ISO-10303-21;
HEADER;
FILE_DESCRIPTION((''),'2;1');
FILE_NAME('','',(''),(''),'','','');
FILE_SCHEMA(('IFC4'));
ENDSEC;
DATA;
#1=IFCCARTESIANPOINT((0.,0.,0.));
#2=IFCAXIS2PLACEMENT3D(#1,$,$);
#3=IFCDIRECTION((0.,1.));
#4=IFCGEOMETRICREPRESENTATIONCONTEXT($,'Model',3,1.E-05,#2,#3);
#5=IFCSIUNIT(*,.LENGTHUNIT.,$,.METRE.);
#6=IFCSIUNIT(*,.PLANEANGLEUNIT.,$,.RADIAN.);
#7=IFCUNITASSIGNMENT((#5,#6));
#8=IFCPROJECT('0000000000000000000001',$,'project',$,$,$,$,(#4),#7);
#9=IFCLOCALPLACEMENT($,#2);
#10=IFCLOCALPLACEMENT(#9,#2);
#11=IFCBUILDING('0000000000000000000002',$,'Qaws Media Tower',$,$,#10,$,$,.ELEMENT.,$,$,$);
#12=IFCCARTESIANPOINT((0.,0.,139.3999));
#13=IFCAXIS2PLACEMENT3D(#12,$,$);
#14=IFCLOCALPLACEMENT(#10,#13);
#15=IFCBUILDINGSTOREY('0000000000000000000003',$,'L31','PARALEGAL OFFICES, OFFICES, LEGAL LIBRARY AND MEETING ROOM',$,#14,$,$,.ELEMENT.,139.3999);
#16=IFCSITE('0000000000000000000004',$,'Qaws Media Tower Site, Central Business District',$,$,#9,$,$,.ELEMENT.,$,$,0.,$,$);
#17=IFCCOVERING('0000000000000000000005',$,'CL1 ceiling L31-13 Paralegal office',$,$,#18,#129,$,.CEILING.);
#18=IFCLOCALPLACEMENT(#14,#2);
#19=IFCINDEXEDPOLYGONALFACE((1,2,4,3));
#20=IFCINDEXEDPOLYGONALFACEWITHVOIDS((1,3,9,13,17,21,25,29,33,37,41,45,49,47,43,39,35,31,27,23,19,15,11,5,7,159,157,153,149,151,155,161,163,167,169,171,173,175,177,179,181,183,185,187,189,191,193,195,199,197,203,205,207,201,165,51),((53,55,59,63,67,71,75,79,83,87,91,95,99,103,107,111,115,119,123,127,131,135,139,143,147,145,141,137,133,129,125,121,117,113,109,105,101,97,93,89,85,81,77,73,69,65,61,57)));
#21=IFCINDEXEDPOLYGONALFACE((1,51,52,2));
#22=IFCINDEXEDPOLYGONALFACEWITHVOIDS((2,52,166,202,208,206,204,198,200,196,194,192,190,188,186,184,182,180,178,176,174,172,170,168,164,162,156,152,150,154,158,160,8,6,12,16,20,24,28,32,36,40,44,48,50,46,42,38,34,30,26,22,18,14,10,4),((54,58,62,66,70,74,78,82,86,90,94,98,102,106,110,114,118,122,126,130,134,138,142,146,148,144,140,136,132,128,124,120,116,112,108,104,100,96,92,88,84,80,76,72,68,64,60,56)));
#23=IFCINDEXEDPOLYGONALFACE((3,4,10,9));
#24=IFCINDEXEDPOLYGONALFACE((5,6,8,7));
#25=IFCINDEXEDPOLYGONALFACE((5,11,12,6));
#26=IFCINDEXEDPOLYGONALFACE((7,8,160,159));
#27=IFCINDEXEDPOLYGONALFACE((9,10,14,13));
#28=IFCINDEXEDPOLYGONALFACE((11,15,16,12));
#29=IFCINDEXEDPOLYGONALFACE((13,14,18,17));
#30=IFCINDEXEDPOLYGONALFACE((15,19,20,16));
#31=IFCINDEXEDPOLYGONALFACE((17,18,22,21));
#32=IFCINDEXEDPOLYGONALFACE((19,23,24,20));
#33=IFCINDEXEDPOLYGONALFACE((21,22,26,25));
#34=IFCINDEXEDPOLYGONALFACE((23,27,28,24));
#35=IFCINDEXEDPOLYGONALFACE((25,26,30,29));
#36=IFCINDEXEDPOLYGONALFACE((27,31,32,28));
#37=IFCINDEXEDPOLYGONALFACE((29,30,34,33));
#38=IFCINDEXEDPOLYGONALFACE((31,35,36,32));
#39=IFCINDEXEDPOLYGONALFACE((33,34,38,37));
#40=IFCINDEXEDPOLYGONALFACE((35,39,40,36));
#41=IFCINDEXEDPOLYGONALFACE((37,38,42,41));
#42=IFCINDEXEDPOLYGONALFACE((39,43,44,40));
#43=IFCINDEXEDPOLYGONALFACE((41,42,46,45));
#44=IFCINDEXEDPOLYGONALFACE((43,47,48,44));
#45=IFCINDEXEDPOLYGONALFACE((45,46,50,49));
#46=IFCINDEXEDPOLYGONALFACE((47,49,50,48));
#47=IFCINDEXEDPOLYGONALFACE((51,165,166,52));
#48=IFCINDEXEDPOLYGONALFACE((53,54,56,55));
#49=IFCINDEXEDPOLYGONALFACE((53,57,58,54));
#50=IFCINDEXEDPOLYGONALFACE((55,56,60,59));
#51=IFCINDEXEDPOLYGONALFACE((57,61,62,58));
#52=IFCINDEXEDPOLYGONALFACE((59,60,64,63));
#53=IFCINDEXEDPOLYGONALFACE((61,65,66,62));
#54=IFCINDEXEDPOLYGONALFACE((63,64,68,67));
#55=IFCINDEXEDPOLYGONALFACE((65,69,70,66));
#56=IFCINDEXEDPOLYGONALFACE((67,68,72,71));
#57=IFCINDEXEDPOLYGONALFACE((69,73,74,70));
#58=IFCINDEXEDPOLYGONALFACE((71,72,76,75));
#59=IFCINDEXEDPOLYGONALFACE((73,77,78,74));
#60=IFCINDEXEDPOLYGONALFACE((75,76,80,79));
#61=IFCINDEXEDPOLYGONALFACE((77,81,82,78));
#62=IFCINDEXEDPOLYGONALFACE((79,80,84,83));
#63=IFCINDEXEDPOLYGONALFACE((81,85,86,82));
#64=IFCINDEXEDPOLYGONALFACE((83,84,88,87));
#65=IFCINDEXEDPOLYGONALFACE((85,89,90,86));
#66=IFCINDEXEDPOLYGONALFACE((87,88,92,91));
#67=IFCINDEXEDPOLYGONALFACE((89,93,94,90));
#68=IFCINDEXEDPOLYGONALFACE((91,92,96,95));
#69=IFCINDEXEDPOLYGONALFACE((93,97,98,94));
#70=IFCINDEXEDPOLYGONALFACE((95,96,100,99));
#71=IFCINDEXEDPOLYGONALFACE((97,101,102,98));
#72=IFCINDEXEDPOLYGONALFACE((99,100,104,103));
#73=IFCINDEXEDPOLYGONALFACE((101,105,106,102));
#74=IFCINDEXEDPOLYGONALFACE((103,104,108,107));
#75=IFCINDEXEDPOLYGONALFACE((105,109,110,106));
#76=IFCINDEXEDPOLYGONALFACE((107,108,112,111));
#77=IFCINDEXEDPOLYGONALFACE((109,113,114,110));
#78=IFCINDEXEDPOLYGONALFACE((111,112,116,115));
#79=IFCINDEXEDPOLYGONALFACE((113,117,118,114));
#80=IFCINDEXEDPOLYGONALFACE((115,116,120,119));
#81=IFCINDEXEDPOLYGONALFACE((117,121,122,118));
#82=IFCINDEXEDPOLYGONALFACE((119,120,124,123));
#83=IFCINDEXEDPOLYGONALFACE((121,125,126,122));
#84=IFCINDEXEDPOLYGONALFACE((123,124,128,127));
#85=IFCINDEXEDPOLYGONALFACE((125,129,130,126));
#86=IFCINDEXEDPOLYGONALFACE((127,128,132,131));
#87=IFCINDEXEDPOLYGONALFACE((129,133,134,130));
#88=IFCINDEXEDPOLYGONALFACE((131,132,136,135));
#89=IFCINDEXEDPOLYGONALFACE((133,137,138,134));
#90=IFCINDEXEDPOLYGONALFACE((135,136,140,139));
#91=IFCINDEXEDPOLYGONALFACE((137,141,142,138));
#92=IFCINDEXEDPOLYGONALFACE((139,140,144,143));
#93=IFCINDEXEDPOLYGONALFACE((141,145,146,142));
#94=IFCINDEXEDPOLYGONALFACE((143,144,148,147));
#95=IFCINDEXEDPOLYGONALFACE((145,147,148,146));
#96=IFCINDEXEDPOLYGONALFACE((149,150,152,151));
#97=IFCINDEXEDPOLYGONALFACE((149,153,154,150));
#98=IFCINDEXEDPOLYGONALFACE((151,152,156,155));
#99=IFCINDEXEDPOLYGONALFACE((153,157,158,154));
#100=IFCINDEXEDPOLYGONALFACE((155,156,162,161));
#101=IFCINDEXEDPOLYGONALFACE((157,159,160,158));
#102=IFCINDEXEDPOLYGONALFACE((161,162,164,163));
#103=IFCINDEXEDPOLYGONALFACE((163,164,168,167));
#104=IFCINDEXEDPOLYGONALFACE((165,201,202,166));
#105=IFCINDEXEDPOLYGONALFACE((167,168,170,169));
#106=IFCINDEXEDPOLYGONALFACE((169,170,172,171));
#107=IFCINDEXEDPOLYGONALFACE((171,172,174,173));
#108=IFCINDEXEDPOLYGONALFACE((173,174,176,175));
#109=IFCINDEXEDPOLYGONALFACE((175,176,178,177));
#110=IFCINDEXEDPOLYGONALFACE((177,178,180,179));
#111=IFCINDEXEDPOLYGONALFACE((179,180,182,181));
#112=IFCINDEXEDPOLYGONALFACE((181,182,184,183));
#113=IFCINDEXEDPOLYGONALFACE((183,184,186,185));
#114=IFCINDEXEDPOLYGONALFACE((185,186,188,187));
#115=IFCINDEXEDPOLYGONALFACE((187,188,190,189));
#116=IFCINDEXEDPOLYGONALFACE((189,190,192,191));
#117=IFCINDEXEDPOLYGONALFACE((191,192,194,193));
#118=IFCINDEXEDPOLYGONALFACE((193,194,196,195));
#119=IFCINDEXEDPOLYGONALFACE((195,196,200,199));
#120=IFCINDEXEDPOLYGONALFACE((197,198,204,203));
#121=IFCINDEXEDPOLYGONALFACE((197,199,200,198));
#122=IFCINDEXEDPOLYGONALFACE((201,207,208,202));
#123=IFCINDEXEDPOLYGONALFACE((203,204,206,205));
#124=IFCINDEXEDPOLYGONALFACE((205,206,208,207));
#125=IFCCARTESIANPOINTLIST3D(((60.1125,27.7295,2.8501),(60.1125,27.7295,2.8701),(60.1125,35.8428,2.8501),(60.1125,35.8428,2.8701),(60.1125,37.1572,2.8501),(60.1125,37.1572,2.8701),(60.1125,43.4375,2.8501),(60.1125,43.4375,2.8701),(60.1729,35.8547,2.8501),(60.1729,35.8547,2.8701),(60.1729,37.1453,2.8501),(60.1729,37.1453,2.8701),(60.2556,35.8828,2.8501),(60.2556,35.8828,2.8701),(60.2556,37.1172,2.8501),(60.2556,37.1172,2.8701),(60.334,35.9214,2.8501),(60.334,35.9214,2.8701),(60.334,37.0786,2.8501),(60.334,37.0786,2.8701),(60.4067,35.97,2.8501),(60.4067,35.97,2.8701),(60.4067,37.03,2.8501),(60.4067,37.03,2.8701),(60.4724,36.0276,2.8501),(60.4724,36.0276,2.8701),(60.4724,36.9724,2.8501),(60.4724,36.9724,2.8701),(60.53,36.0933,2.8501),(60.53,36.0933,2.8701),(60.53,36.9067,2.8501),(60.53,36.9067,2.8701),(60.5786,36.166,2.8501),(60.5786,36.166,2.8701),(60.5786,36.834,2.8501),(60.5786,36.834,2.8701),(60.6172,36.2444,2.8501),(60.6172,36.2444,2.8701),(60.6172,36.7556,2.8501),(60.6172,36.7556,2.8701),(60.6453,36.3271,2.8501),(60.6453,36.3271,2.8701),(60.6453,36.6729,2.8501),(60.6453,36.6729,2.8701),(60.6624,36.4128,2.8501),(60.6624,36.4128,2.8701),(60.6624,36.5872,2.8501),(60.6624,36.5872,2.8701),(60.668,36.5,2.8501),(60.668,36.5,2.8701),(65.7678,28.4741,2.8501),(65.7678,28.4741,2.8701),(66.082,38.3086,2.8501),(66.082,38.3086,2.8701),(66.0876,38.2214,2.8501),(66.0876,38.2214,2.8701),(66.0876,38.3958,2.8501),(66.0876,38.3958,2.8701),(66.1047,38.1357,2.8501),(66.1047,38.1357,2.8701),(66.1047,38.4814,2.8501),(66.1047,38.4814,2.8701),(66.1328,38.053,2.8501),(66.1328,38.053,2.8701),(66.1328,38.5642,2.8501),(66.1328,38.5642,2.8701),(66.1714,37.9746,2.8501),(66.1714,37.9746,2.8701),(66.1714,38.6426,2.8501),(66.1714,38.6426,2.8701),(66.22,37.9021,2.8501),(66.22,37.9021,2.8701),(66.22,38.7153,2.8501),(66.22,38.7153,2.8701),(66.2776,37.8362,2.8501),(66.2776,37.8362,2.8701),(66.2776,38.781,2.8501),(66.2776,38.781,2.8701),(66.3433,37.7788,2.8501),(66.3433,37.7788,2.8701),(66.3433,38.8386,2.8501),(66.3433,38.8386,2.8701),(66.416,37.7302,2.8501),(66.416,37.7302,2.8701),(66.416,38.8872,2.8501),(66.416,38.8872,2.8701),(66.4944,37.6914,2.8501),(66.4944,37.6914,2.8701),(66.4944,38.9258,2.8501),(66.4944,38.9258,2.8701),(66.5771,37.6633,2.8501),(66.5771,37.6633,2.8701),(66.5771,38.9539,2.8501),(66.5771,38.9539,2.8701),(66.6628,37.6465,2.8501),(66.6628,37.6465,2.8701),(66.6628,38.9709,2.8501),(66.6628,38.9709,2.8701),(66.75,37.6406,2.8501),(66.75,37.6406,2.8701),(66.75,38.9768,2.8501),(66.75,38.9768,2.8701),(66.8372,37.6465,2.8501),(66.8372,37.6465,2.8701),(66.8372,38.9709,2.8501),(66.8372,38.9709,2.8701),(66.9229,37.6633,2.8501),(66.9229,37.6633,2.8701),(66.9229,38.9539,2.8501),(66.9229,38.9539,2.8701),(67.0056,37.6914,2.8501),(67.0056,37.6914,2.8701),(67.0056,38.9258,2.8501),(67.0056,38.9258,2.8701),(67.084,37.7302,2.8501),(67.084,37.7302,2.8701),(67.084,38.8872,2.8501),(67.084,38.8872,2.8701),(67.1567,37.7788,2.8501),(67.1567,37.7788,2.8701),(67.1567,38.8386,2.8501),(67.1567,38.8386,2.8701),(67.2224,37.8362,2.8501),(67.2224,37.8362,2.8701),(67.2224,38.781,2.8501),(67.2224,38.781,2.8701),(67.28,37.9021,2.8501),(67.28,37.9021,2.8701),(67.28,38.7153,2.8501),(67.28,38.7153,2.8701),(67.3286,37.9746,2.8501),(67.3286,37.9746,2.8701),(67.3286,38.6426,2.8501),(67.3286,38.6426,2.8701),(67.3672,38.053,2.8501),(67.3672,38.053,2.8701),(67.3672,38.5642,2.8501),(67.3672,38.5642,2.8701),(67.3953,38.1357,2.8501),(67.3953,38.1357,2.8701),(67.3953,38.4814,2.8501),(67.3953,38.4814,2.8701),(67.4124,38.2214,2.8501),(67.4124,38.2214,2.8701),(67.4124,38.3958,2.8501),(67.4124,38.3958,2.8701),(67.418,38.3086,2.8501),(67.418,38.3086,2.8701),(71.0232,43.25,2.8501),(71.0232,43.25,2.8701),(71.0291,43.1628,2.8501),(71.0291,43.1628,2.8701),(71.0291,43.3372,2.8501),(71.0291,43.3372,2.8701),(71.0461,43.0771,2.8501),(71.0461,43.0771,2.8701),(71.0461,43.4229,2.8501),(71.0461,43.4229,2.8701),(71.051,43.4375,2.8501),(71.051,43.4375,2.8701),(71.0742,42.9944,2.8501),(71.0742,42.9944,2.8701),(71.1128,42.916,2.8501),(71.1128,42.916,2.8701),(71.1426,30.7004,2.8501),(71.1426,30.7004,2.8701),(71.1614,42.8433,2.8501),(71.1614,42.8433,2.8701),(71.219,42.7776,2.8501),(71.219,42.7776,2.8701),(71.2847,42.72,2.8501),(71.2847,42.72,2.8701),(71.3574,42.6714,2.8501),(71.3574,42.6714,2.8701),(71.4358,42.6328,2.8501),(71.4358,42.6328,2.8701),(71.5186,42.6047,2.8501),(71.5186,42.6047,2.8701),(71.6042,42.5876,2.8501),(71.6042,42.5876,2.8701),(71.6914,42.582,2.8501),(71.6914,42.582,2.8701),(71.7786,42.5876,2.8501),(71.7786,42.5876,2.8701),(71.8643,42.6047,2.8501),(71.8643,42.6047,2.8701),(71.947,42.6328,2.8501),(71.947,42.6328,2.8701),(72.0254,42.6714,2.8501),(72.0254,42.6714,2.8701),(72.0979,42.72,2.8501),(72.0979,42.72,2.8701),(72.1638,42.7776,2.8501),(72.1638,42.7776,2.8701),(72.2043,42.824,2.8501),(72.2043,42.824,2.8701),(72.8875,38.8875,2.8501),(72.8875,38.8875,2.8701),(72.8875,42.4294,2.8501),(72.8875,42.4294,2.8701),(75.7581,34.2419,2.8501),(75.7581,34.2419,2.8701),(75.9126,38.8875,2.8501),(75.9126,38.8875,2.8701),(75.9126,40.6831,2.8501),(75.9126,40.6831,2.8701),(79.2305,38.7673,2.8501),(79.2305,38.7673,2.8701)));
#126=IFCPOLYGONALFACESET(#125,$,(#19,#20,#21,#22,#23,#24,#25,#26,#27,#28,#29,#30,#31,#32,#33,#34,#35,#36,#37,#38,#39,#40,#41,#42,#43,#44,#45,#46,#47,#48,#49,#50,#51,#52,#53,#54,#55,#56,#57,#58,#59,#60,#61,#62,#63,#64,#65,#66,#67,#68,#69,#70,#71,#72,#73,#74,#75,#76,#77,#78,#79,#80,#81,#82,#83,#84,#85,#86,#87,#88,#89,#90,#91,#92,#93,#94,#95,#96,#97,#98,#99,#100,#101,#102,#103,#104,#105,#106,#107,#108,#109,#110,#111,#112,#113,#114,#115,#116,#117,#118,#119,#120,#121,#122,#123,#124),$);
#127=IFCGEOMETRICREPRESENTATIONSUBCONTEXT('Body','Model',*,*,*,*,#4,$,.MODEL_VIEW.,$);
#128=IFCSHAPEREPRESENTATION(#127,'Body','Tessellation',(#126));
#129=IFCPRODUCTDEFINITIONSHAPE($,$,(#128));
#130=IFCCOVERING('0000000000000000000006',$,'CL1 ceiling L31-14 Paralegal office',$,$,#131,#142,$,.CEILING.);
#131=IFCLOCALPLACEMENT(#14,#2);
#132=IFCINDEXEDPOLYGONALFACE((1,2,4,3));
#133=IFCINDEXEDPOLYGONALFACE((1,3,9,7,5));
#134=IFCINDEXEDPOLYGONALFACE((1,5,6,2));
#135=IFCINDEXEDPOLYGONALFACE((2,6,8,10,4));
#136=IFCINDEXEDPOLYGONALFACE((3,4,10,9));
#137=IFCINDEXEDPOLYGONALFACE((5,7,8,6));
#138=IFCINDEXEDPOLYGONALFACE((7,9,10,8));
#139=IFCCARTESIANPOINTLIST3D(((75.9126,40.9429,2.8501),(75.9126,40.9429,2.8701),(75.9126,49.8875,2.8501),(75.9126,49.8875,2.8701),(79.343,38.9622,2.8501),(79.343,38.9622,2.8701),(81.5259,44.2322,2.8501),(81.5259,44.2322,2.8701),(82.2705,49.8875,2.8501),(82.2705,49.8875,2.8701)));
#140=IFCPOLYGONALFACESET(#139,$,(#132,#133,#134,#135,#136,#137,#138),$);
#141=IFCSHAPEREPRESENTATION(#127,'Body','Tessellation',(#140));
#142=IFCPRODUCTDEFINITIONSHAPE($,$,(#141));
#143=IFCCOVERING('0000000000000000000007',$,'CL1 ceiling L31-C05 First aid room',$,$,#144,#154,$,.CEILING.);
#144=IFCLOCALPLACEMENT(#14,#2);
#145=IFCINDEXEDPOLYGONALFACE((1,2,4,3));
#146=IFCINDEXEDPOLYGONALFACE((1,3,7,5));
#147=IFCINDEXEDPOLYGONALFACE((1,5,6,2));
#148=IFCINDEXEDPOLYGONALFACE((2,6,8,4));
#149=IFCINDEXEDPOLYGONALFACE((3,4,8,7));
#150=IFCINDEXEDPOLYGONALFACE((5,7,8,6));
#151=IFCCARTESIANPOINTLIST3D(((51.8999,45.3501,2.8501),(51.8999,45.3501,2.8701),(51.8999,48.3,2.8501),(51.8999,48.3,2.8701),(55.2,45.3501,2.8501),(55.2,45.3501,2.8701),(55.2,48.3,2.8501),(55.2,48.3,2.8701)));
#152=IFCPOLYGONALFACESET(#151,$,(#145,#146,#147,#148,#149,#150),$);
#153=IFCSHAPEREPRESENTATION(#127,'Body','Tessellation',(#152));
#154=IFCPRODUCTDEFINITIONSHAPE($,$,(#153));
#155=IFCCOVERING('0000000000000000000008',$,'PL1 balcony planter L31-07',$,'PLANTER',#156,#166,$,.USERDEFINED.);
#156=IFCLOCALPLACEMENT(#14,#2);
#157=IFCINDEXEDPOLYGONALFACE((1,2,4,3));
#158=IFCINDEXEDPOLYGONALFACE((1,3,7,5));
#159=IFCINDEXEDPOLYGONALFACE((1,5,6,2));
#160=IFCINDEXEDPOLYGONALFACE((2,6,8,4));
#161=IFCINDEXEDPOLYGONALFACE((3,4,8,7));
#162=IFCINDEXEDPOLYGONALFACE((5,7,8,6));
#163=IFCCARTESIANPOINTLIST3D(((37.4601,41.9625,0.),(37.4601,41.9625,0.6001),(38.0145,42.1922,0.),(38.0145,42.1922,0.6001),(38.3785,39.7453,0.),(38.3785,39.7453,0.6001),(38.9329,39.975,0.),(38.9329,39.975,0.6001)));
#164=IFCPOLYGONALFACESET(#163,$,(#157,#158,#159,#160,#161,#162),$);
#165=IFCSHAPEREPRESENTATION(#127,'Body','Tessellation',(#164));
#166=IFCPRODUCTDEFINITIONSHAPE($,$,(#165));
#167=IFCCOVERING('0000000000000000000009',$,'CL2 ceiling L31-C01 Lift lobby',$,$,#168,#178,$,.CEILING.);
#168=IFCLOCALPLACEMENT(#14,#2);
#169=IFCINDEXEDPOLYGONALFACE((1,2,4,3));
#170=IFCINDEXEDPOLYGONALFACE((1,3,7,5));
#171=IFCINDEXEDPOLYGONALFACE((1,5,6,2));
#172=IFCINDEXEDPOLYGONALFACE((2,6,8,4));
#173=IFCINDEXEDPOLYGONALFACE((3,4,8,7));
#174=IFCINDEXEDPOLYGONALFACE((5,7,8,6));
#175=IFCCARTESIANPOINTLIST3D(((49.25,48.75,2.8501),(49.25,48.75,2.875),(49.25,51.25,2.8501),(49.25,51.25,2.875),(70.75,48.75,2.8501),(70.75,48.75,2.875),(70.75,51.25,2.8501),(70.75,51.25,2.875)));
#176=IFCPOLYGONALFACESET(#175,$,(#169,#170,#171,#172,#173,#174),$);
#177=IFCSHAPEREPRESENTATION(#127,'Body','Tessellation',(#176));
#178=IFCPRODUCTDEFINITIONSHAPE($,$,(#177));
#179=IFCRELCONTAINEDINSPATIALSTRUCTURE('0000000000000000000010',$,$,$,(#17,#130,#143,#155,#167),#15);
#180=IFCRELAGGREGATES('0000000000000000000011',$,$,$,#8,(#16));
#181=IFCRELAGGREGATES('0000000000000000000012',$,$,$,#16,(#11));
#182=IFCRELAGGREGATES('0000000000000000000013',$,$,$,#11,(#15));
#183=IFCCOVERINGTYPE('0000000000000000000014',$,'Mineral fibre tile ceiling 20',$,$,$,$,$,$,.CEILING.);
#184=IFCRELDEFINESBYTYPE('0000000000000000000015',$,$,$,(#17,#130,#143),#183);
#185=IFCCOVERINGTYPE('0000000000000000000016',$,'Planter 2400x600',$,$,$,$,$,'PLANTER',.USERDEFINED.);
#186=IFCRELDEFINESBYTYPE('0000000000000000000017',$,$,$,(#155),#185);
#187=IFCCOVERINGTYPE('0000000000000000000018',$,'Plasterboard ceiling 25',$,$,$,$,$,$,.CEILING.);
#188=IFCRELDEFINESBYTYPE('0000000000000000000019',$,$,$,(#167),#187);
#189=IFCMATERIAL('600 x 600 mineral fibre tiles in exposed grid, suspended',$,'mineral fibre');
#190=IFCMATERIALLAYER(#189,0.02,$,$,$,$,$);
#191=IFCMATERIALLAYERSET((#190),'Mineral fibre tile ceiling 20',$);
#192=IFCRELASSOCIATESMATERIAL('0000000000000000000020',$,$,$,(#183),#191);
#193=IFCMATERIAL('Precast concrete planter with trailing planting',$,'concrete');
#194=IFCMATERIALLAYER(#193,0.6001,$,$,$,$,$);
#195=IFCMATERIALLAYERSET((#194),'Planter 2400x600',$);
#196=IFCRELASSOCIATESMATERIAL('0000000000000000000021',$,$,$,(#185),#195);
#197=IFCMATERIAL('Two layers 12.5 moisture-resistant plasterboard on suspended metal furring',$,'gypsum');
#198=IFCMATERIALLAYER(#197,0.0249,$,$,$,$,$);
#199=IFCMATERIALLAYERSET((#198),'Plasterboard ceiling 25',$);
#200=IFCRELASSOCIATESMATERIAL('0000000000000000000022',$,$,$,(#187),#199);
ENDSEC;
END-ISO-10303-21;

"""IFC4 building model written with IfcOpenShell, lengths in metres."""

from ifc_helpers import new_model, si_unit, direction, frame, origin, origin_2d, place, context, subcontext, project, spatial, polyline, rectangle, outline, extrude, material, layer, layer_set, type_object, element, save


model = new_model("IFC4")

# Units and contexts
model_context = context("Model", 3, precision=1e-05, world=origin(), true_north=direction((0.0, 1.0)))
body_context = subcontext(model_context, "Body", "Model", "MODEL_VIEW")
ifc_project = project(units=[si_unit("LENGTHUNIT", "METRE"), si_unit("PLANEANGLEUNIT", "RADIAN")], contexts=[model_context])

# Site, building, storey
site_placement = place(None, origin())
site = spatial("IfcSite", under=ifc_project, at=site_placement, Name="Qaws Media Tower Site, Central Business District", CompositionType="ELEMENT", RefElevation=0.0)
building_placement = place(site_placement, origin())
building = spatial("IfcBuilding", under=site, at=building_placement, Name="Qaws Media Tower", CompositionType="ELEMENT")
storey_placement = place(building_placement, frame((0.0, 0.0, 139.3999)))
storey = spatial("IfcBuildingStorey", under=building, at=storey_placement, Name="L31", Description="PARALEGAL OFFICES, OFFICES, LEGAL LIBRARY AND MEETING ROOM", CompositionType="ELEMENT", Elevation=139.3999)

# Coverings
ifc_material_1 = material(Name="600 x 600 mineral fibre tiles in exposed grid, suspended", Category="mineral fibre")
ifc_layer_1 = layer(ifc_material_1, 0.02)
ifc_layer_set_1 = layer_set([ifc_layer_1], Name="Mineral fibre tile ceiling 20")
covering_type_1 = type_object("IfcCoveringType", Name="Mineral fibre tile ceiling 20", PredefinedType="CEILING", material=ifc_layer_set_1)
covering_1_placement = place(storey_placement, frame((0.0, 0.0, 2.8501)))
element("IfcCovering", 1, at=covering_1_placement, inside=storey, type_object=covering_type_1, Name="CL1 ceiling L31-13 Paralegal office", PredefinedType="CEILING", context=body_context, shape_type="SweptSolid", body=[
    extrude(outline(polyline([(72.8875, 38.8875), (75.9126, 38.8875), (75.9126, 40.6831), (79.2305, 38.7673), (75.7581, 34.2419), (71.1426, 30.7004), (65.7678, 28.4741), (60.1125, 27.7295), (60.1125, 35.8428), (60.1729, 35.8547), (60.2556, 35.8828), (60.334, 35.9214), (60.4067, 35.97), (60.4724, 36.0276), (60.53, 36.0933), (60.5786, 36.166), (60.6172, 36.2444), (60.6453, 36.3271), (60.6624, 36.4128), (60.668, 36.5), (60.6624, 36.5872), (60.6453, 36.6729), (60.6172, 36.7556), (60.5786, 36.834), (60.53, 36.9067), (60.4724, 36.9724), (60.4067, 37.03), (60.334, 37.0786), (60.2556, 37.1172), (60.1729, 37.1453), (60.1125, 37.1572), (60.1125, 43.4375), (71.051, 43.4375), (71.0461, 43.4229), (71.0291, 43.3372), (71.0232, 43.25), (71.0291, 43.1628), (71.0461, 43.0771), (71.0742, 42.9944), (71.1128, 42.916), (71.1614, 42.8433), (71.219, 42.7776), (71.2847, 42.72), (71.3574, 42.6714), (71.4358, 42.6328), (71.5186, 42.6047), (71.6042, 42.5876), (71.6914, 42.582), (71.7786, 42.5876), (71.8643, 42.6047), (71.947, 42.6328), (72.0254, 42.6714), (72.0979, 42.72), (72.1638, 42.7776), (72.2043, 42.824), (72.8875, 42.4294), (72.8875, 38.8875)]), holes=[polyline([(67.3672, 38.053), (67.3953, 38.1357), (67.4124, 38.2214), (67.418, 38.3086), (67.4124, 38.3958), (67.3953, 38.4814), (67.3672, 38.5642), (67.3286, 38.6426), (67.28, 38.7153), (67.2224, 38.781), (67.1567, 38.8386), (67.084, 38.8872), (67.0056, 38.9258), (66.9229, 38.9539), (66.8372, 38.9709), (66.75, 38.9768), (66.6628, 38.9709), (66.5771, 38.9539), (66.4944, 38.9258), (66.416, 38.8872), (66.3433, 38.8386), (66.2776, 38.781), (66.22, 38.7153), (66.1714, 38.6426), (66.1328, 38.5642), (66.1047, 38.4814), (66.0876, 38.3958), (66.082, 38.3086), (66.0876, 38.2214), (66.1047, 38.1357), (66.1328, 38.053), (66.1714, 37.9746), (66.22, 37.9021), (66.2776, 37.8362), (66.3433, 37.7788), (66.416, 37.7302), (66.4944, 37.6914), (66.5771, 37.6633), (66.6628, 37.6465), (66.75, 37.6406), (66.8372, 37.6465), (66.9229, 37.6633), (67.0056, 37.6914), (67.084, 37.7302), (67.1567, 37.7788), (67.2224, 37.8362), (67.28, 37.9021), (67.3286, 37.9746), (67.3672, 38.053)])]), origin(), (0.0, 0.0, 1.0), 0.02),
])
covering_2_placement = place(storey_placement, frame((0.0, 0.0, 2.8501)))
element("IfcCovering", 2, at=covering_2_placement, inside=storey, type_object=covering_type_1, Name="CL1 ceiling L31-14 Paralegal office", PredefinedType="CEILING", context=body_context, shape_type="SweptSolid", body=[
    extrude(outline(polyline([(81.5259, 44.2322), (79.343, 38.9622), (75.9126, 40.9429), (75.9126, 49.8875), (82.2705, 49.8875), (81.5259, 44.2322)])), origin(), (0.0, 0.0, 1.0), 0.02),
])
covering_3_placement = place(storey_placement, frame((0.0, 0.0, 2.8501)))
element("IfcCovering", 3, at=covering_3_placement, inside=storey, type_object=covering_type_1, Name="CL1 ceiling L31-C05 First aid room", PredefinedType="CEILING", context=body_context, shape_type="SweptSolid", body=[
    extrude(outline(polyline([(51.8999, 45.3501), (51.8999, 48.3), (55.2, 48.3), (55.2, 45.3501), (51.8999, 45.3501)])), origin(), (0.0, 0.0, 1.0), 0.02),
])
ifc_material_2 = material(Name="Precast concrete planter with trailing planting", Category="concrete")
ifc_layer_2 = layer(ifc_material_2, 0.6001)
ifc_layer_set_2 = layer_set([ifc_layer_2], Name="Planter 2400x600")
covering_type_2 = type_object("IfcCoveringType", Name="Planter 2400x600", ElementType="PLANTER", PredefinedType="USERDEFINED", material=ifc_layer_set_2)
covering_4_placement = place(storey_placement, frame((38.1965, 40.9688, 0.0), z_axis=(0.0, 0.0, 1.0), x_axis=(0.382683, -0.92388, 0.0)))
element("IfcCovering", 4, at=covering_4_placement, inside=storey, type_object=covering_type_2, Name="PL1 balcony planter L31-07", ObjectType="PLANTER", PredefinedType="USERDEFINED", context=body_context, shape_type="SweptSolid", body=[
    extrude(rectangle(XDim=2.3999, YDim=0.6001, at=origin_2d()), origin(), (0.0, 0.0, 1.0), 0.6001),
])
ifc_material_3 = material(Name="Two layers 12.5 moisture-resistant plasterboard on suspended metal furring", Category="gypsum")
ifc_layer_3 = layer(ifc_material_3, 0.0249)
ifc_layer_set_3 = layer_set([ifc_layer_3], Name="Plasterboard ceiling 25")
covering_type_3 = type_object("IfcCoveringType", Name="Plasterboard ceiling 25", PredefinedType="CEILING", material=ifc_layer_set_3)
covering_5_placement = place(storey_placement, frame((0.0, 0.0, 2.8501)))
element("IfcCovering", 5, at=covering_5_placement, inside=storey, type_object=covering_type_3, Name="CL2 ceiling L31-C01 Lift lobby", PredefinedType="CEILING", context=body_context, shape_type="SweptSolid", body=[
    extrude(outline(polyline([(49.25, 48.75), (49.25, 51.25), (70.75, 51.25), (70.75, 48.75), (49.25, 48.75)])), origin(), (0.0, 0.0, 1.0), 0.0249),
])

save(model, "model.ifc")
